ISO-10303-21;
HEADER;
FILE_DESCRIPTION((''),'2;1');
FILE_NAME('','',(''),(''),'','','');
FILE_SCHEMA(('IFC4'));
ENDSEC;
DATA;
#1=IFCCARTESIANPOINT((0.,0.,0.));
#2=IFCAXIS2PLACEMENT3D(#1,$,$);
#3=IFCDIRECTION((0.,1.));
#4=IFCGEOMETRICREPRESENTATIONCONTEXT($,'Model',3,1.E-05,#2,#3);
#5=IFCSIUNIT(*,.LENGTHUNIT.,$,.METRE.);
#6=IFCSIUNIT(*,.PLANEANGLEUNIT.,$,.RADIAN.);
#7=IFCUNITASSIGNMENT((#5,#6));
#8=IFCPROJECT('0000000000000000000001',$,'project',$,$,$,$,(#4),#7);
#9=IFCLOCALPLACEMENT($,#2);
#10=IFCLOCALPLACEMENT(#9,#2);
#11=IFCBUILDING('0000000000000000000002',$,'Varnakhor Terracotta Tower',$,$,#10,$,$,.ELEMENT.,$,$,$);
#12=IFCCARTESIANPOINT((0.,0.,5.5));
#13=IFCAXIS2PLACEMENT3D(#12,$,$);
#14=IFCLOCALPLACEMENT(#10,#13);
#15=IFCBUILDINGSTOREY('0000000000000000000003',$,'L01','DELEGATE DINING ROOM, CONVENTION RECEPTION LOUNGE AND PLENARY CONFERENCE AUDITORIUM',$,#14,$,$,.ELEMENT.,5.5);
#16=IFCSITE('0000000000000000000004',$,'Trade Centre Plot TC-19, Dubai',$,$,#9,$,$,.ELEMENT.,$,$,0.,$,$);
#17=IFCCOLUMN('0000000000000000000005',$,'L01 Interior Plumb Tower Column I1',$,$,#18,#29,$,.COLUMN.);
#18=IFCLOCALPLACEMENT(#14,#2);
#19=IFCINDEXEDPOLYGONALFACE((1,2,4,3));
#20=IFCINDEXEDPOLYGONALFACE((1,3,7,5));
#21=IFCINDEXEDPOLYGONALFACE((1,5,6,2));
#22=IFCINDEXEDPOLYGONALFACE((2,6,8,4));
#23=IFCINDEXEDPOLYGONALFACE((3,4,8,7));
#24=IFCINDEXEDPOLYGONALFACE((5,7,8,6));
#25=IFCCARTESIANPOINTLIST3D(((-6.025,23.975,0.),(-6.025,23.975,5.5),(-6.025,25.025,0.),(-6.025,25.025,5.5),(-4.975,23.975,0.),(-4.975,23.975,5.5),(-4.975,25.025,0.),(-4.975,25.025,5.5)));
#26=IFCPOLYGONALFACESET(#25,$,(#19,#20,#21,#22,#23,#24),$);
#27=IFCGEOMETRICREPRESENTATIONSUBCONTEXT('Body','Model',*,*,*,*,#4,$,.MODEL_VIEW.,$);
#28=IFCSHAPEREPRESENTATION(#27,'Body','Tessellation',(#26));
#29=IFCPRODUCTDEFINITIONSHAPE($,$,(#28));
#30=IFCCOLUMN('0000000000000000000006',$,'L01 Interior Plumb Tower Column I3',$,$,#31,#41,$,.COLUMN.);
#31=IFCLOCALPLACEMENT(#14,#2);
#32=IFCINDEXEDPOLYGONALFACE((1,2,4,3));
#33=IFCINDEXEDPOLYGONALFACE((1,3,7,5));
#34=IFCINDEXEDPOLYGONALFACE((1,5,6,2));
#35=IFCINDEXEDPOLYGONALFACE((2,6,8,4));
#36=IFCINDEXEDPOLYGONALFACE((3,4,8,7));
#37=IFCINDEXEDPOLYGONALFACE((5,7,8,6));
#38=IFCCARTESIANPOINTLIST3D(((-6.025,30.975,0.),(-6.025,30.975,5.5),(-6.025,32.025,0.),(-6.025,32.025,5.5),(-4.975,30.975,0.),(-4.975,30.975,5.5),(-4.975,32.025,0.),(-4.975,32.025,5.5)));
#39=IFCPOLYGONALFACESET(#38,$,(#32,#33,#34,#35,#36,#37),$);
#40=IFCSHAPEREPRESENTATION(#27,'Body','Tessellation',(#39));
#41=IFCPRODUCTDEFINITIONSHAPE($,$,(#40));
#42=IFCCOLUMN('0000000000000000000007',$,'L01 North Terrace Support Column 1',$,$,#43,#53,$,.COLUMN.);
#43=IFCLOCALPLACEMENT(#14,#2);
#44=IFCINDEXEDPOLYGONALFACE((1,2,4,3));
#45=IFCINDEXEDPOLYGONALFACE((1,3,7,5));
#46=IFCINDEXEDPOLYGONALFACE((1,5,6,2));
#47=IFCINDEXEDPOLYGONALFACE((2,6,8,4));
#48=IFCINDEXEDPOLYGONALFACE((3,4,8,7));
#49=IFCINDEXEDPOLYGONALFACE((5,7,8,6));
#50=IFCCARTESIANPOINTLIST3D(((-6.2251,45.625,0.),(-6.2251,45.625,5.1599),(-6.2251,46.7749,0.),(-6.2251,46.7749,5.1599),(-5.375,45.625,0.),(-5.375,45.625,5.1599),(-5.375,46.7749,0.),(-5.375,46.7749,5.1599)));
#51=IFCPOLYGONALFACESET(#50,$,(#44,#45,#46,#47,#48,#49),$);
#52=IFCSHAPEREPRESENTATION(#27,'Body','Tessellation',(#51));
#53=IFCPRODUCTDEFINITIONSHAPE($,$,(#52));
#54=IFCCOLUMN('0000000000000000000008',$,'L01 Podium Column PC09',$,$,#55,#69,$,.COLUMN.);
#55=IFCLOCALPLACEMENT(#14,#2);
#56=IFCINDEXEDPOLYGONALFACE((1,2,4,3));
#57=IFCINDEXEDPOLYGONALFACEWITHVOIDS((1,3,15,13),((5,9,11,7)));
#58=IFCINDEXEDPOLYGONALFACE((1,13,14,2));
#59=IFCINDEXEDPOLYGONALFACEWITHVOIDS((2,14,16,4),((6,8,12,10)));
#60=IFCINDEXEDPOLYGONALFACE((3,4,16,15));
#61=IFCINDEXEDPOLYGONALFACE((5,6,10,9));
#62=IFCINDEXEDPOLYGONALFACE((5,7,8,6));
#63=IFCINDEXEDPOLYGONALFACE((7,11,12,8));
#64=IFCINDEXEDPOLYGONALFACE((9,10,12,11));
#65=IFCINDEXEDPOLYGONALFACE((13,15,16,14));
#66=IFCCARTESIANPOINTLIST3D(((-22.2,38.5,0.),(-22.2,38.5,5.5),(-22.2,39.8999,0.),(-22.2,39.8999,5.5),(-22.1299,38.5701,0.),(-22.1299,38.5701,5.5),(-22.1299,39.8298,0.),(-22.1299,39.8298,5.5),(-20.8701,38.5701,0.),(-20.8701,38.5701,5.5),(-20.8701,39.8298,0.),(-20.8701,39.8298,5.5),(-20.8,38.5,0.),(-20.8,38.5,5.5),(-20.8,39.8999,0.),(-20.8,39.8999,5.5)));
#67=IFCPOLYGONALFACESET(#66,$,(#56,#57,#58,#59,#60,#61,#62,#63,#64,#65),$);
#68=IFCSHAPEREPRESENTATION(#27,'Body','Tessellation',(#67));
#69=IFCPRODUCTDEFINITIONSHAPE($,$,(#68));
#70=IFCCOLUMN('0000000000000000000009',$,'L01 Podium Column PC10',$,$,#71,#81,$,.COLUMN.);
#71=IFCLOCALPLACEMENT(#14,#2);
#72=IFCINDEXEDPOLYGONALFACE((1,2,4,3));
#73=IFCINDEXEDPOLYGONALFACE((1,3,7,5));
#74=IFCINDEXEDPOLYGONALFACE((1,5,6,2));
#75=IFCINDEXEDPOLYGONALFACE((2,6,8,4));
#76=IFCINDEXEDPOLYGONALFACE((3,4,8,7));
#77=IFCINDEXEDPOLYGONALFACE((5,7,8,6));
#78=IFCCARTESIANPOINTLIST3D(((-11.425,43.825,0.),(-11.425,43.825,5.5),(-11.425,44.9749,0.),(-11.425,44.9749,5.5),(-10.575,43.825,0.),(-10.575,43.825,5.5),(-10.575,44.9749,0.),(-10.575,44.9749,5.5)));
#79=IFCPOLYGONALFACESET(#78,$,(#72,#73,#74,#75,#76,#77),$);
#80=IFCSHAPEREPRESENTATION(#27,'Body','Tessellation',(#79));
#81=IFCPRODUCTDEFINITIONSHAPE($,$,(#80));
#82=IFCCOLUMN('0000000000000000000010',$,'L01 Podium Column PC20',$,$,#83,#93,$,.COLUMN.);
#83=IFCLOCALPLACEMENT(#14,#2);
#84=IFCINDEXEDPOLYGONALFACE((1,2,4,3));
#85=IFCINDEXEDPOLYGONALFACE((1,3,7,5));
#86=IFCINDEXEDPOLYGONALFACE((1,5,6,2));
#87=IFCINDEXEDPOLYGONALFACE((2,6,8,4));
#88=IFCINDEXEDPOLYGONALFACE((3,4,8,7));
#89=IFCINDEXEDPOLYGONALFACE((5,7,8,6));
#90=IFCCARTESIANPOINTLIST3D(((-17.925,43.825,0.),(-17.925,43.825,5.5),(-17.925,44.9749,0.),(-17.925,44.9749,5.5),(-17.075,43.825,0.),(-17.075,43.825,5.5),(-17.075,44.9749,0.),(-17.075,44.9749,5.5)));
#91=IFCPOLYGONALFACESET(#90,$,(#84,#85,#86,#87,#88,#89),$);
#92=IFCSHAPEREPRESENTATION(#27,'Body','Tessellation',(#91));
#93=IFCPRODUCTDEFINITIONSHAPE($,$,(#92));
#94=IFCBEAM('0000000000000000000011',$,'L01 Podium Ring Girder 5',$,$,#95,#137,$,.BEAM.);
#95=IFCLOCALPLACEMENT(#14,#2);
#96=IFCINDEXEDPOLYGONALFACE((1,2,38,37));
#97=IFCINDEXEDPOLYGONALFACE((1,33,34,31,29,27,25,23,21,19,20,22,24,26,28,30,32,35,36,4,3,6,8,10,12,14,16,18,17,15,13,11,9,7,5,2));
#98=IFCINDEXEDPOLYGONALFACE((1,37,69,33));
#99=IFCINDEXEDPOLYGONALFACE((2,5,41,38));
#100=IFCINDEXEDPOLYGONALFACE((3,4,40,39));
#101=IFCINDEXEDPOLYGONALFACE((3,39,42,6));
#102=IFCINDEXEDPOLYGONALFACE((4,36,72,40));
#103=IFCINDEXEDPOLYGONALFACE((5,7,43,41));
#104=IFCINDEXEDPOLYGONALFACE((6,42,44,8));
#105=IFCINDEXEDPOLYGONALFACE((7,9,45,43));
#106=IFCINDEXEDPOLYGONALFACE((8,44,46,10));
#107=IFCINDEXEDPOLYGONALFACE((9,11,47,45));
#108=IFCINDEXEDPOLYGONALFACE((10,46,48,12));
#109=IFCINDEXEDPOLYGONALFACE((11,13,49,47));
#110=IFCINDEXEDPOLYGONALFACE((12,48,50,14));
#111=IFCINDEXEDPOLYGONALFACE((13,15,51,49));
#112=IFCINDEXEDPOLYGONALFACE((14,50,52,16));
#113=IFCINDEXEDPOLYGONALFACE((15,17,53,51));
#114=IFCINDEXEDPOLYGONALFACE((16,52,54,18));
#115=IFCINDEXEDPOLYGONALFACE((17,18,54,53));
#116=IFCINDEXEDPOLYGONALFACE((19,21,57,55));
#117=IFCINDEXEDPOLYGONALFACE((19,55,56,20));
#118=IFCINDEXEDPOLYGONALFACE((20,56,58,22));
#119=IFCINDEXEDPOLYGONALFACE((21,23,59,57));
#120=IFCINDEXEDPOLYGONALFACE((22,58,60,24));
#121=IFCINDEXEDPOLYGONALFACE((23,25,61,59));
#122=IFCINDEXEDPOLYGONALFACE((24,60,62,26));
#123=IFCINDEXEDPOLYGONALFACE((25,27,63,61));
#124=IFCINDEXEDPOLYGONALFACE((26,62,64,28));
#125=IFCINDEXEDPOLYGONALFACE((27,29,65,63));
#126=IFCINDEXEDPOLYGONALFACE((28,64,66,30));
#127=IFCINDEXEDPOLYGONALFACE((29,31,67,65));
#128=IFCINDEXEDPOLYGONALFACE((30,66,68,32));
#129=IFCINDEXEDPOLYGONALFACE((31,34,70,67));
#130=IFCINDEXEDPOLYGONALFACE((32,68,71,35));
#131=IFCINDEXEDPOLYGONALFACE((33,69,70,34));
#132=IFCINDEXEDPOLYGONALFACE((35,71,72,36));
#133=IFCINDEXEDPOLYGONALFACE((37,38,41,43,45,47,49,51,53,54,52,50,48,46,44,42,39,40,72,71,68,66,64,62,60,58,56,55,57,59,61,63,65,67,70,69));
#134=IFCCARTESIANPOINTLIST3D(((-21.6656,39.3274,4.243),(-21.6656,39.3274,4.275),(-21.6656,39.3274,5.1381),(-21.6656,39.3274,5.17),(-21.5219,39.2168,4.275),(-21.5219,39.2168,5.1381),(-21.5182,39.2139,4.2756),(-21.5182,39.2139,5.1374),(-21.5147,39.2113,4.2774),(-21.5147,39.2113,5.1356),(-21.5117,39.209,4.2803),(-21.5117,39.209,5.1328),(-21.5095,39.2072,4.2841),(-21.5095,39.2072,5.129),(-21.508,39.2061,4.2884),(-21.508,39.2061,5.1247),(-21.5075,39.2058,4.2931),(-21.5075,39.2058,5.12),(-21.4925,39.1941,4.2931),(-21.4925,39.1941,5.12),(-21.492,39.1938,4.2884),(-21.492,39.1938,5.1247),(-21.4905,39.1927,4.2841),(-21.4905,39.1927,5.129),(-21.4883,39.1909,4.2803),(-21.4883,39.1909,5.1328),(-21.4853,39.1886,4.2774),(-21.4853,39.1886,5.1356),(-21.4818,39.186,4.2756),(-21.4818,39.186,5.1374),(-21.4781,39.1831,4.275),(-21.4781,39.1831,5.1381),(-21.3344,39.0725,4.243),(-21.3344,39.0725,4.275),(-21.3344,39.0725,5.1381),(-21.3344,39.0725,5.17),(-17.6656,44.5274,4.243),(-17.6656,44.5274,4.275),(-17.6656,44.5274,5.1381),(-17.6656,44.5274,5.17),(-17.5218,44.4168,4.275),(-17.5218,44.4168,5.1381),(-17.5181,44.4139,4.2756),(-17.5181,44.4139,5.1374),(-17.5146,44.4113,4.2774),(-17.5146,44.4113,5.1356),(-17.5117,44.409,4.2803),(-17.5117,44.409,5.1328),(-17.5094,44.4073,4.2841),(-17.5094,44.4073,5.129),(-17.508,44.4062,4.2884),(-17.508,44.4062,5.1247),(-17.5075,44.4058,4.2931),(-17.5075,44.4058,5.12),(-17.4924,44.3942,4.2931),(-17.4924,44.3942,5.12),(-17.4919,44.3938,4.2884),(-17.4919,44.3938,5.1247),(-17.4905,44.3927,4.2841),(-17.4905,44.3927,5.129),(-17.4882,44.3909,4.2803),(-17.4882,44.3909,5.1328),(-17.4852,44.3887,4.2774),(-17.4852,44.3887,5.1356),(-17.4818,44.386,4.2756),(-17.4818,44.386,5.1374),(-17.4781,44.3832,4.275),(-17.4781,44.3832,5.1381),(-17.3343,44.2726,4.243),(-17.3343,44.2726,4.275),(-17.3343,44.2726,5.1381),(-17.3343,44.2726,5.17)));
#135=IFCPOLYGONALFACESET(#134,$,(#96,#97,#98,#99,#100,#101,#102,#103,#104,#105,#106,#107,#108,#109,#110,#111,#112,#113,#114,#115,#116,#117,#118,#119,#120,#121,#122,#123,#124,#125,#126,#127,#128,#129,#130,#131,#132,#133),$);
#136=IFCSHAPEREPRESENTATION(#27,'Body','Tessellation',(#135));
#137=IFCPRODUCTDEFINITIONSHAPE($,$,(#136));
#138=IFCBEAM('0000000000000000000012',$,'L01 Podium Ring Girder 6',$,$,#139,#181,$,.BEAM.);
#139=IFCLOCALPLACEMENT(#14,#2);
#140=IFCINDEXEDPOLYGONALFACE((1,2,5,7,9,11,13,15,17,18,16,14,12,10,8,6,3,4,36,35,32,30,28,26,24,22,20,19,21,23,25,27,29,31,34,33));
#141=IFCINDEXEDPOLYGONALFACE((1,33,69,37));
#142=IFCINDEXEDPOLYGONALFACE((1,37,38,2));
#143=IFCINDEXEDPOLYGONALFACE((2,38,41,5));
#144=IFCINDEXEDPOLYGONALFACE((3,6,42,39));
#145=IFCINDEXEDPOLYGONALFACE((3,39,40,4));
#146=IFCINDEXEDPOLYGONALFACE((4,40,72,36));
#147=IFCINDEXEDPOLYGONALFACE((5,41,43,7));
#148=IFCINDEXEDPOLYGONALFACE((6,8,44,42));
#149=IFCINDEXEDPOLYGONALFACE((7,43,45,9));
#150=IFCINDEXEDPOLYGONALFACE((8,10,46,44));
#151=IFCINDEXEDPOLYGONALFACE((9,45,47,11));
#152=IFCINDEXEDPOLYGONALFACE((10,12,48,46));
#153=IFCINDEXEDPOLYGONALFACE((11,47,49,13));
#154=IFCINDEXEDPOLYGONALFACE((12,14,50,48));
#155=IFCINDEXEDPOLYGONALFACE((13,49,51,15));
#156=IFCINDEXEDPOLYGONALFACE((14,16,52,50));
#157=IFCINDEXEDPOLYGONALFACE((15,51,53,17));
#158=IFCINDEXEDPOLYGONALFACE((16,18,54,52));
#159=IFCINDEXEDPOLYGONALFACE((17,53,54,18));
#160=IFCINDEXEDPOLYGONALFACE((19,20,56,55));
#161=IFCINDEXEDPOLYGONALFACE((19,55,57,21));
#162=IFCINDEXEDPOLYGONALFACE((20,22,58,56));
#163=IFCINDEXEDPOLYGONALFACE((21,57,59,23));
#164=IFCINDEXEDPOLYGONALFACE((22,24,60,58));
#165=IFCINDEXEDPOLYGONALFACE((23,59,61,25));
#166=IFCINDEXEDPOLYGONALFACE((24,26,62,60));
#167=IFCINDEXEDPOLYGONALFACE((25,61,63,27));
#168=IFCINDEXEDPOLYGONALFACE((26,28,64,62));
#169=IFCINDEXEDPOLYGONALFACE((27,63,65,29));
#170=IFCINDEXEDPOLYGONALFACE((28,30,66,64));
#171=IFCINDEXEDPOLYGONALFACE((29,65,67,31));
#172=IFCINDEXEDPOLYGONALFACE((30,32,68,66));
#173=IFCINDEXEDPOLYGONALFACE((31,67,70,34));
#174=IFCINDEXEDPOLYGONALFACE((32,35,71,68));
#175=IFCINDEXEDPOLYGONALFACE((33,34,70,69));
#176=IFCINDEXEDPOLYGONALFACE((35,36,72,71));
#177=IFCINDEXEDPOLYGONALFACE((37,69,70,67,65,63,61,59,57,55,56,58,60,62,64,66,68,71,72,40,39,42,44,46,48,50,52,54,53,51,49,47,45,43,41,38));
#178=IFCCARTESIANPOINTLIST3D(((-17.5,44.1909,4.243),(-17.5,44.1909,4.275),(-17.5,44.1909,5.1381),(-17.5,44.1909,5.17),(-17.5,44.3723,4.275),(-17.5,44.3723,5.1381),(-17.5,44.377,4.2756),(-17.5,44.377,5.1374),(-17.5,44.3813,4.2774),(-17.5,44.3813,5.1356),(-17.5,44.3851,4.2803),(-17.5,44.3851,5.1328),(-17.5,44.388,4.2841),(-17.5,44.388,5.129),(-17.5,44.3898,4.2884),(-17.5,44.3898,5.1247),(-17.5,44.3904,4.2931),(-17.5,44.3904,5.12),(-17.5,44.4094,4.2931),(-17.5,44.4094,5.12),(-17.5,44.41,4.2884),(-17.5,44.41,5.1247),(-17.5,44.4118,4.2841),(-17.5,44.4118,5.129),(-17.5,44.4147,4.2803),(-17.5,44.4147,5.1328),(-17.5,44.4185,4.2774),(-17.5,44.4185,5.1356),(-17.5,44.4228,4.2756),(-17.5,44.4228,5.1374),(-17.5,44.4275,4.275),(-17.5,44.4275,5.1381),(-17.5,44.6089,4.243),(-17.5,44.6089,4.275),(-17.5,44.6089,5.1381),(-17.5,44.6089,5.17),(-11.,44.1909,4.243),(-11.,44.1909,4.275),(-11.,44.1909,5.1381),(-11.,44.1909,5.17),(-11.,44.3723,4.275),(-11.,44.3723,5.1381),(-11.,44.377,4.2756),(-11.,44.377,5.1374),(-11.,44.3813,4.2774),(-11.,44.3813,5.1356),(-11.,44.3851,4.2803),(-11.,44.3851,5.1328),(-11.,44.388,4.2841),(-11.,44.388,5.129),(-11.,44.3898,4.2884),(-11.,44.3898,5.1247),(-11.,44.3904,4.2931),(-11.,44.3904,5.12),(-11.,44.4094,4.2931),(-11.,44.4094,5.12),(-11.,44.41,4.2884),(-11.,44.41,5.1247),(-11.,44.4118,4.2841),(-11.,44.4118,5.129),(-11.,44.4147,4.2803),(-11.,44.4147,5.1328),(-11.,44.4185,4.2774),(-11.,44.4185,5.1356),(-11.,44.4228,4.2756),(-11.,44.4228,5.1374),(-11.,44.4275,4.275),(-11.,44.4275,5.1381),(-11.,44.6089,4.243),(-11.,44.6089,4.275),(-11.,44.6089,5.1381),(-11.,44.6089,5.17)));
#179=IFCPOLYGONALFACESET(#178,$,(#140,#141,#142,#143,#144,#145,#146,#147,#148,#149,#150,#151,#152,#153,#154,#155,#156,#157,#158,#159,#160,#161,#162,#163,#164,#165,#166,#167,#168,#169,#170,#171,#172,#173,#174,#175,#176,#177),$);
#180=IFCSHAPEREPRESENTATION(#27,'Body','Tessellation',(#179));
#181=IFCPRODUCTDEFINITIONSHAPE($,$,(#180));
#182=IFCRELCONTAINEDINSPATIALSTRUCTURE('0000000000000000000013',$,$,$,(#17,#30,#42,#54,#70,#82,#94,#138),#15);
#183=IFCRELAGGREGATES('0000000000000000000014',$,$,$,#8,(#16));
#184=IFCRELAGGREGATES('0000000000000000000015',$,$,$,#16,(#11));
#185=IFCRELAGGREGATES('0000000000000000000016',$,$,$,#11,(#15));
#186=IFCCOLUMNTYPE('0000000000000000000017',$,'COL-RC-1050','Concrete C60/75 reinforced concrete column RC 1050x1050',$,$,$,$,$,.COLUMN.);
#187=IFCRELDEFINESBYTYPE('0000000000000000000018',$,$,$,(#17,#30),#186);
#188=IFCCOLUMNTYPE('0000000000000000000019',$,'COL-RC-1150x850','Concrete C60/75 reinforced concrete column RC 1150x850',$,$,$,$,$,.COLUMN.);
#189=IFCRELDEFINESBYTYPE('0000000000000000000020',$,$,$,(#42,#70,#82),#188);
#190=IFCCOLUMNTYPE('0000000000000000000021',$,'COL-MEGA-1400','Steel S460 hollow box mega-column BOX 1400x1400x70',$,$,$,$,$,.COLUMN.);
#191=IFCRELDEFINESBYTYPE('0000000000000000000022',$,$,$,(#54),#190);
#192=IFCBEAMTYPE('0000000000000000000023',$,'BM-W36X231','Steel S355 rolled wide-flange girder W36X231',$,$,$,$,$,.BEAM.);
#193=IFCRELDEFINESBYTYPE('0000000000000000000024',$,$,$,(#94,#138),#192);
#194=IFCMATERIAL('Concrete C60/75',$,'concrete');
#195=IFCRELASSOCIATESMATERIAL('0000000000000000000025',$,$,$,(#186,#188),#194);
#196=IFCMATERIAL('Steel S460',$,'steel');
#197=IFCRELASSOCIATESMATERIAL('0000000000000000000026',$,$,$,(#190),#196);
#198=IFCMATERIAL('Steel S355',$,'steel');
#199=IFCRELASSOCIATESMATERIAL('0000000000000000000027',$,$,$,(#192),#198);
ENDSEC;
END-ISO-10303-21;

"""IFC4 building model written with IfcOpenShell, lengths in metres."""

from ifc_helpers import new_model, si_unit, direction, frame, origin, origin_2d, place, context, subcontext, project, spatial, rectangle, hollow_rectangle, i_section, extrude, source, transform, mapped, material, material_profile, profile_set, type_object, type_shapes, element, save


model = new_model("IFC4")

# Units and contexts
model_context = context("Model", 3, precision=1e-05, world=origin(), true_north=direction((0.0, 1.0)))
body_context = subcontext(model_context, "Body", "Model", "MODEL_VIEW")
ifc_project = project(units=[si_unit("LENGTHUNIT", "METRE"), si_unit("PLANEANGLEUNIT", "RADIAN")], contexts=[model_context])

# Site, building, storey
site_placement = place(None, origin())
site = spatial("IfcSite", under=ifc_project, at=site_placement, Name="Trade Centre Plot TC-19, Dubai", CompositionType="ELEMENT", RefElevation=0.0)
building_placement = place(site_placement, origin())
building = spatial("IfcBuilding", under=site, at=building_placement, Name="Varnakhor Terracotta Tower", CompositionType="ELEMENT")
storey_placement = place(building_placement, frame((0.0, 0.0, 5.5)))
storey = spatial("IfcBuildingStorey", under=building, at=storey_placement, Name="L01", Description="DELEGATE DINING ROOM, CONVENTION RECEPTION LOUNGE AND PLENARY CONFERENCE AUDITORIUM", CompositionType="ELEMENT", Elevation=5.5)

# Columns
ifc_material_1 = material(Name="Concrete C60/75", Category="concrete")
ifc_material_profile_1 = material_profile(ifc_material_1, rectangle(XDim=1.05, YDim=1.05, at=origin_2d()), Name="RC 1050x1050")
ifc_profile_set_1 = profile_set([ifc_material_profile_1], Name="Concrete C60/75")
column_type_1 = type_object("IfcColumnType", Name="COL-RC-1050", Description="Concrete C60/75 reinforced concrete column RC 1050x1050", PredefinedType="COLUMN", material=ifc_profile_set_1)
shared_shape_1 = source(origin(), body_context, "Body", "SweptSolid", [
    extrude(rectangle(XDim=1.05, YDim=1.05, at=origin_2d()), origin(), (0.0, 0.0, 1.0), 5.5),
])
type_shapes(column_type_1, [shared_shape_1])
for number, where, z_axis, x_axis, name in (
    (1, (-5.5, 24.5, 0.0), (0.0, 0.0, 1.0), (1.0, 0.0, 0.0), "L01 Interior Plumb Tower Column I1"),
    (2, (-5.5, 31.5, 0.0), (0.0, 0.0, 1.0), (1.0, 0.0, 0.0), "L01 Interior Plumb Tower Column I3"),
):
    element("IfcColumn", number, at=place(storey_placement, frame(where, z_axis=z_axis, x_axis=x_axis)), inside=storey, type_object=column_type_1, Name=name, PredefinedType="COLUMN", context=body_context, shape_type="MappedRepresentation", body=[
        mapped(shared_shape_1, transform((0.0, 0.0, 0.0), scale=1.0)),
    ])
ifc_material_profile_2 = material_profile(ifc_material_1, rectangle(XDim=0.8501, YDim=1.1499, at=origin_2d()), Name="RC 1150x850")
ifc_profile_set_2 = profile_set([ifc_material_profile_2], Name="Concrete C60/75")
column_type_2 = type_object("IfcColumnType", Name="COL-RC-1150x850", Description="Concrete C60/75 reinforced concrete column RC 1150x850", PredefinedType="COLUMN", material=ifc_profile_set_2)
shared_shape_2 = source(origin(), body_context, "Body", "SweptSolid", [
    extrude(rectangle(XDim=0.8501, YDim=1.1499, at=origin_2d()), origin(), (0.0, 0.0, 1.0), 5.1599),
])
column_1_placement = place(storey_placement, frame((-5.8, 46.2, 0.0), z_axis=(0.0, 0.0, 1.0), x_axis=(1.0, 0.0, 0.0)))
element("IfcColumn", 3, at=column_1_placement, inside=storey, type_object=column_type_2, Name="L01 North Terrace Support Column 1", PredefinedType="COLUMN", context=body_context, shape_type="MappedRepresentation", body=[
    mapped(shared_shape_2, transform((0.0, 0.0, 0.0), scale=1.0)),
])
ifc_material_2 = material(Name="Steel S460", Category="steel")
ifc_material_profile_3 = material_profile(ifc_material_2, hollow_rectangle(XDim=1.3999, YDim=1.3999, WallThickness=0.0701, at=origin_2d()), Name="BOX 1400x1400x70")
ifc_profile_set_3 = profile_set([ifc_material_profile_3], Name="Steel S460")
column_type_3 = type_object("IfcColumnType", Name="COL-MEGA-1400", Description="Steel S460 hollow box mega-column BOX 1400x1400x70", PredefinedType="COLUMN", material=ifc_profile_set_3)
shared_shape_3 = source(origin(), body_context, "Body", "SweptSolid", [
    extrude(hollow_rectangle(XDim=1.3999, YDim=1.3999, WallThickness=0.0701, at=origin_2d()), origin(), (0.0, 0.0, 1.0), 5.5),
])
column_2_placement = place(storey_placement, frame((-21.5, 39.2, 0.0), z_axis=(0.0, 0.0, 1.0), x_axis=(1.0, 0.0, 0.0)))
element("IfcColumn", 4, at=column_2_placement, inside=storey, type_object=column_type_3, Name="L01 Podium Column PC09", PredefinedType="COLUMN", context=body_context, shape_type="MappedRepresentation", body=[
    mapped(shared_shape_3, transform((0.0, 0.0, 0.0), scale=1.0)),
])
shared_shape_4 = source(origin(), body_context, "Body", "SweptSolid", [
    extrude(rectangle(XDim=0.8501, YDim=1.1499, at=origin_2d()), origin(), (0.0, 0.0, 1.0), 5.5),
])
for number, where, z_axis, x_axis, name in (
    (5, (-11.0, 44.3999, 0.0), (0.0, 0.0, 1.0), (1.0, 0.0, 0.0), "L01 Podium Column PC10"),
    (6, (-17.5, 44.3999, 0.0), (0.0, 0.0, 1.0), (1.0, 0.0, 0.0), "L01 Podium Column PC20"),
):
    element("IfcColumn", number, at=place(storey_placement, frame(where, z_axis=z_axis, x_axis=x_axis)), inside=storey, type_object=column_type_2, Name=name, PredefinedType="COLUMN", context=body_context, shape_type="MappedRepresentation", body=[
        mapped(shared_shape_4, transform((0.0, 0.0, 0.0), scale=1.0)),
    ])

# Beams
ifc_material_3 = material(Name="Steel S355", Category="steel")
ifc_material_profile_4 = material_profile(ifc_material_3, i_section(OverallWidth=0.418, OverallDepth=0.927, WebThickness=0.019, FlangeThickness=0.032, FilletRadius=0.0181, at=origin_2d()), Name="W36X231")
ifc_profile_set_4 = profile_set([ifc_material_profile_4], Name="Steel S355")
beam_type_1 = type_object("IfcBeamType", Name="BM-W36X231", Description="Steel S355 rolled wide-flange girder W36X231", PredefinedType="BEAM", material=ifc_profile_set_4)
shared_shape_5 = source(origin(), body_context, "Body", "SweptSolid", [
    extrude(i_section(OverallWidth=0.418, OverallDepth=0.927, WebThickness=0.019, FlangeThickness=0.032, FilletRadius=0.0181, at=origin_2d()), origin(), (0.0, 0.0, 1.0), 6.5605),
])
beam_1_placement = place(storey_placement, frame((-21.5, 39.2, 4.7065), z_axis=(0.609714, 0.792621, 0.0), x_axis=(-0.792621, 0.609714, 0.0)))
element("IfcBeam", 7, at=beam_1_placement, inside=storey, type_object=beam_type_1, Name="L01 Podium Ring Girder 5", PredefinedType="BEAM", context=body_context, shape_type="MappedRepresentation", body=[
    mapped(shared_shape_5, transform((0.0, 0.0, 0.0), scale=1.0)),
])
shared_shape_6 = source(origin(), body_context, "Body", "SweptSolid", [
    extrude(i_section(OverallWidth=0.418, OverallDepth=0.927, WebThickness=0.019, FlangeThickness=0.032, FilletRadius=0.0181, at=origin_2d()), origin(), (0.0, 0.0, 1.0), 6.5),
])
beam_2_placement = place(storey_placement, frame((-17.5, 44.3999, 4.7065), z_axis=(1.0, 0.0, 0.0), x_axis=(0.0, 1.0, 0.0)))
element("IfcBeam", 8, at=beam_2_placement, inside=storey, type_object=beam_type_1, Name="L01 Podium Ring Girder 6", PredefinedType="BEAM", context=body_context, shape_type="MappedRepresentation", body=[
    mapped(shared_shape_6, transform((0.0, 0.0, 0.0), scale=1.0)),
])

save(model, "model.ifc")
